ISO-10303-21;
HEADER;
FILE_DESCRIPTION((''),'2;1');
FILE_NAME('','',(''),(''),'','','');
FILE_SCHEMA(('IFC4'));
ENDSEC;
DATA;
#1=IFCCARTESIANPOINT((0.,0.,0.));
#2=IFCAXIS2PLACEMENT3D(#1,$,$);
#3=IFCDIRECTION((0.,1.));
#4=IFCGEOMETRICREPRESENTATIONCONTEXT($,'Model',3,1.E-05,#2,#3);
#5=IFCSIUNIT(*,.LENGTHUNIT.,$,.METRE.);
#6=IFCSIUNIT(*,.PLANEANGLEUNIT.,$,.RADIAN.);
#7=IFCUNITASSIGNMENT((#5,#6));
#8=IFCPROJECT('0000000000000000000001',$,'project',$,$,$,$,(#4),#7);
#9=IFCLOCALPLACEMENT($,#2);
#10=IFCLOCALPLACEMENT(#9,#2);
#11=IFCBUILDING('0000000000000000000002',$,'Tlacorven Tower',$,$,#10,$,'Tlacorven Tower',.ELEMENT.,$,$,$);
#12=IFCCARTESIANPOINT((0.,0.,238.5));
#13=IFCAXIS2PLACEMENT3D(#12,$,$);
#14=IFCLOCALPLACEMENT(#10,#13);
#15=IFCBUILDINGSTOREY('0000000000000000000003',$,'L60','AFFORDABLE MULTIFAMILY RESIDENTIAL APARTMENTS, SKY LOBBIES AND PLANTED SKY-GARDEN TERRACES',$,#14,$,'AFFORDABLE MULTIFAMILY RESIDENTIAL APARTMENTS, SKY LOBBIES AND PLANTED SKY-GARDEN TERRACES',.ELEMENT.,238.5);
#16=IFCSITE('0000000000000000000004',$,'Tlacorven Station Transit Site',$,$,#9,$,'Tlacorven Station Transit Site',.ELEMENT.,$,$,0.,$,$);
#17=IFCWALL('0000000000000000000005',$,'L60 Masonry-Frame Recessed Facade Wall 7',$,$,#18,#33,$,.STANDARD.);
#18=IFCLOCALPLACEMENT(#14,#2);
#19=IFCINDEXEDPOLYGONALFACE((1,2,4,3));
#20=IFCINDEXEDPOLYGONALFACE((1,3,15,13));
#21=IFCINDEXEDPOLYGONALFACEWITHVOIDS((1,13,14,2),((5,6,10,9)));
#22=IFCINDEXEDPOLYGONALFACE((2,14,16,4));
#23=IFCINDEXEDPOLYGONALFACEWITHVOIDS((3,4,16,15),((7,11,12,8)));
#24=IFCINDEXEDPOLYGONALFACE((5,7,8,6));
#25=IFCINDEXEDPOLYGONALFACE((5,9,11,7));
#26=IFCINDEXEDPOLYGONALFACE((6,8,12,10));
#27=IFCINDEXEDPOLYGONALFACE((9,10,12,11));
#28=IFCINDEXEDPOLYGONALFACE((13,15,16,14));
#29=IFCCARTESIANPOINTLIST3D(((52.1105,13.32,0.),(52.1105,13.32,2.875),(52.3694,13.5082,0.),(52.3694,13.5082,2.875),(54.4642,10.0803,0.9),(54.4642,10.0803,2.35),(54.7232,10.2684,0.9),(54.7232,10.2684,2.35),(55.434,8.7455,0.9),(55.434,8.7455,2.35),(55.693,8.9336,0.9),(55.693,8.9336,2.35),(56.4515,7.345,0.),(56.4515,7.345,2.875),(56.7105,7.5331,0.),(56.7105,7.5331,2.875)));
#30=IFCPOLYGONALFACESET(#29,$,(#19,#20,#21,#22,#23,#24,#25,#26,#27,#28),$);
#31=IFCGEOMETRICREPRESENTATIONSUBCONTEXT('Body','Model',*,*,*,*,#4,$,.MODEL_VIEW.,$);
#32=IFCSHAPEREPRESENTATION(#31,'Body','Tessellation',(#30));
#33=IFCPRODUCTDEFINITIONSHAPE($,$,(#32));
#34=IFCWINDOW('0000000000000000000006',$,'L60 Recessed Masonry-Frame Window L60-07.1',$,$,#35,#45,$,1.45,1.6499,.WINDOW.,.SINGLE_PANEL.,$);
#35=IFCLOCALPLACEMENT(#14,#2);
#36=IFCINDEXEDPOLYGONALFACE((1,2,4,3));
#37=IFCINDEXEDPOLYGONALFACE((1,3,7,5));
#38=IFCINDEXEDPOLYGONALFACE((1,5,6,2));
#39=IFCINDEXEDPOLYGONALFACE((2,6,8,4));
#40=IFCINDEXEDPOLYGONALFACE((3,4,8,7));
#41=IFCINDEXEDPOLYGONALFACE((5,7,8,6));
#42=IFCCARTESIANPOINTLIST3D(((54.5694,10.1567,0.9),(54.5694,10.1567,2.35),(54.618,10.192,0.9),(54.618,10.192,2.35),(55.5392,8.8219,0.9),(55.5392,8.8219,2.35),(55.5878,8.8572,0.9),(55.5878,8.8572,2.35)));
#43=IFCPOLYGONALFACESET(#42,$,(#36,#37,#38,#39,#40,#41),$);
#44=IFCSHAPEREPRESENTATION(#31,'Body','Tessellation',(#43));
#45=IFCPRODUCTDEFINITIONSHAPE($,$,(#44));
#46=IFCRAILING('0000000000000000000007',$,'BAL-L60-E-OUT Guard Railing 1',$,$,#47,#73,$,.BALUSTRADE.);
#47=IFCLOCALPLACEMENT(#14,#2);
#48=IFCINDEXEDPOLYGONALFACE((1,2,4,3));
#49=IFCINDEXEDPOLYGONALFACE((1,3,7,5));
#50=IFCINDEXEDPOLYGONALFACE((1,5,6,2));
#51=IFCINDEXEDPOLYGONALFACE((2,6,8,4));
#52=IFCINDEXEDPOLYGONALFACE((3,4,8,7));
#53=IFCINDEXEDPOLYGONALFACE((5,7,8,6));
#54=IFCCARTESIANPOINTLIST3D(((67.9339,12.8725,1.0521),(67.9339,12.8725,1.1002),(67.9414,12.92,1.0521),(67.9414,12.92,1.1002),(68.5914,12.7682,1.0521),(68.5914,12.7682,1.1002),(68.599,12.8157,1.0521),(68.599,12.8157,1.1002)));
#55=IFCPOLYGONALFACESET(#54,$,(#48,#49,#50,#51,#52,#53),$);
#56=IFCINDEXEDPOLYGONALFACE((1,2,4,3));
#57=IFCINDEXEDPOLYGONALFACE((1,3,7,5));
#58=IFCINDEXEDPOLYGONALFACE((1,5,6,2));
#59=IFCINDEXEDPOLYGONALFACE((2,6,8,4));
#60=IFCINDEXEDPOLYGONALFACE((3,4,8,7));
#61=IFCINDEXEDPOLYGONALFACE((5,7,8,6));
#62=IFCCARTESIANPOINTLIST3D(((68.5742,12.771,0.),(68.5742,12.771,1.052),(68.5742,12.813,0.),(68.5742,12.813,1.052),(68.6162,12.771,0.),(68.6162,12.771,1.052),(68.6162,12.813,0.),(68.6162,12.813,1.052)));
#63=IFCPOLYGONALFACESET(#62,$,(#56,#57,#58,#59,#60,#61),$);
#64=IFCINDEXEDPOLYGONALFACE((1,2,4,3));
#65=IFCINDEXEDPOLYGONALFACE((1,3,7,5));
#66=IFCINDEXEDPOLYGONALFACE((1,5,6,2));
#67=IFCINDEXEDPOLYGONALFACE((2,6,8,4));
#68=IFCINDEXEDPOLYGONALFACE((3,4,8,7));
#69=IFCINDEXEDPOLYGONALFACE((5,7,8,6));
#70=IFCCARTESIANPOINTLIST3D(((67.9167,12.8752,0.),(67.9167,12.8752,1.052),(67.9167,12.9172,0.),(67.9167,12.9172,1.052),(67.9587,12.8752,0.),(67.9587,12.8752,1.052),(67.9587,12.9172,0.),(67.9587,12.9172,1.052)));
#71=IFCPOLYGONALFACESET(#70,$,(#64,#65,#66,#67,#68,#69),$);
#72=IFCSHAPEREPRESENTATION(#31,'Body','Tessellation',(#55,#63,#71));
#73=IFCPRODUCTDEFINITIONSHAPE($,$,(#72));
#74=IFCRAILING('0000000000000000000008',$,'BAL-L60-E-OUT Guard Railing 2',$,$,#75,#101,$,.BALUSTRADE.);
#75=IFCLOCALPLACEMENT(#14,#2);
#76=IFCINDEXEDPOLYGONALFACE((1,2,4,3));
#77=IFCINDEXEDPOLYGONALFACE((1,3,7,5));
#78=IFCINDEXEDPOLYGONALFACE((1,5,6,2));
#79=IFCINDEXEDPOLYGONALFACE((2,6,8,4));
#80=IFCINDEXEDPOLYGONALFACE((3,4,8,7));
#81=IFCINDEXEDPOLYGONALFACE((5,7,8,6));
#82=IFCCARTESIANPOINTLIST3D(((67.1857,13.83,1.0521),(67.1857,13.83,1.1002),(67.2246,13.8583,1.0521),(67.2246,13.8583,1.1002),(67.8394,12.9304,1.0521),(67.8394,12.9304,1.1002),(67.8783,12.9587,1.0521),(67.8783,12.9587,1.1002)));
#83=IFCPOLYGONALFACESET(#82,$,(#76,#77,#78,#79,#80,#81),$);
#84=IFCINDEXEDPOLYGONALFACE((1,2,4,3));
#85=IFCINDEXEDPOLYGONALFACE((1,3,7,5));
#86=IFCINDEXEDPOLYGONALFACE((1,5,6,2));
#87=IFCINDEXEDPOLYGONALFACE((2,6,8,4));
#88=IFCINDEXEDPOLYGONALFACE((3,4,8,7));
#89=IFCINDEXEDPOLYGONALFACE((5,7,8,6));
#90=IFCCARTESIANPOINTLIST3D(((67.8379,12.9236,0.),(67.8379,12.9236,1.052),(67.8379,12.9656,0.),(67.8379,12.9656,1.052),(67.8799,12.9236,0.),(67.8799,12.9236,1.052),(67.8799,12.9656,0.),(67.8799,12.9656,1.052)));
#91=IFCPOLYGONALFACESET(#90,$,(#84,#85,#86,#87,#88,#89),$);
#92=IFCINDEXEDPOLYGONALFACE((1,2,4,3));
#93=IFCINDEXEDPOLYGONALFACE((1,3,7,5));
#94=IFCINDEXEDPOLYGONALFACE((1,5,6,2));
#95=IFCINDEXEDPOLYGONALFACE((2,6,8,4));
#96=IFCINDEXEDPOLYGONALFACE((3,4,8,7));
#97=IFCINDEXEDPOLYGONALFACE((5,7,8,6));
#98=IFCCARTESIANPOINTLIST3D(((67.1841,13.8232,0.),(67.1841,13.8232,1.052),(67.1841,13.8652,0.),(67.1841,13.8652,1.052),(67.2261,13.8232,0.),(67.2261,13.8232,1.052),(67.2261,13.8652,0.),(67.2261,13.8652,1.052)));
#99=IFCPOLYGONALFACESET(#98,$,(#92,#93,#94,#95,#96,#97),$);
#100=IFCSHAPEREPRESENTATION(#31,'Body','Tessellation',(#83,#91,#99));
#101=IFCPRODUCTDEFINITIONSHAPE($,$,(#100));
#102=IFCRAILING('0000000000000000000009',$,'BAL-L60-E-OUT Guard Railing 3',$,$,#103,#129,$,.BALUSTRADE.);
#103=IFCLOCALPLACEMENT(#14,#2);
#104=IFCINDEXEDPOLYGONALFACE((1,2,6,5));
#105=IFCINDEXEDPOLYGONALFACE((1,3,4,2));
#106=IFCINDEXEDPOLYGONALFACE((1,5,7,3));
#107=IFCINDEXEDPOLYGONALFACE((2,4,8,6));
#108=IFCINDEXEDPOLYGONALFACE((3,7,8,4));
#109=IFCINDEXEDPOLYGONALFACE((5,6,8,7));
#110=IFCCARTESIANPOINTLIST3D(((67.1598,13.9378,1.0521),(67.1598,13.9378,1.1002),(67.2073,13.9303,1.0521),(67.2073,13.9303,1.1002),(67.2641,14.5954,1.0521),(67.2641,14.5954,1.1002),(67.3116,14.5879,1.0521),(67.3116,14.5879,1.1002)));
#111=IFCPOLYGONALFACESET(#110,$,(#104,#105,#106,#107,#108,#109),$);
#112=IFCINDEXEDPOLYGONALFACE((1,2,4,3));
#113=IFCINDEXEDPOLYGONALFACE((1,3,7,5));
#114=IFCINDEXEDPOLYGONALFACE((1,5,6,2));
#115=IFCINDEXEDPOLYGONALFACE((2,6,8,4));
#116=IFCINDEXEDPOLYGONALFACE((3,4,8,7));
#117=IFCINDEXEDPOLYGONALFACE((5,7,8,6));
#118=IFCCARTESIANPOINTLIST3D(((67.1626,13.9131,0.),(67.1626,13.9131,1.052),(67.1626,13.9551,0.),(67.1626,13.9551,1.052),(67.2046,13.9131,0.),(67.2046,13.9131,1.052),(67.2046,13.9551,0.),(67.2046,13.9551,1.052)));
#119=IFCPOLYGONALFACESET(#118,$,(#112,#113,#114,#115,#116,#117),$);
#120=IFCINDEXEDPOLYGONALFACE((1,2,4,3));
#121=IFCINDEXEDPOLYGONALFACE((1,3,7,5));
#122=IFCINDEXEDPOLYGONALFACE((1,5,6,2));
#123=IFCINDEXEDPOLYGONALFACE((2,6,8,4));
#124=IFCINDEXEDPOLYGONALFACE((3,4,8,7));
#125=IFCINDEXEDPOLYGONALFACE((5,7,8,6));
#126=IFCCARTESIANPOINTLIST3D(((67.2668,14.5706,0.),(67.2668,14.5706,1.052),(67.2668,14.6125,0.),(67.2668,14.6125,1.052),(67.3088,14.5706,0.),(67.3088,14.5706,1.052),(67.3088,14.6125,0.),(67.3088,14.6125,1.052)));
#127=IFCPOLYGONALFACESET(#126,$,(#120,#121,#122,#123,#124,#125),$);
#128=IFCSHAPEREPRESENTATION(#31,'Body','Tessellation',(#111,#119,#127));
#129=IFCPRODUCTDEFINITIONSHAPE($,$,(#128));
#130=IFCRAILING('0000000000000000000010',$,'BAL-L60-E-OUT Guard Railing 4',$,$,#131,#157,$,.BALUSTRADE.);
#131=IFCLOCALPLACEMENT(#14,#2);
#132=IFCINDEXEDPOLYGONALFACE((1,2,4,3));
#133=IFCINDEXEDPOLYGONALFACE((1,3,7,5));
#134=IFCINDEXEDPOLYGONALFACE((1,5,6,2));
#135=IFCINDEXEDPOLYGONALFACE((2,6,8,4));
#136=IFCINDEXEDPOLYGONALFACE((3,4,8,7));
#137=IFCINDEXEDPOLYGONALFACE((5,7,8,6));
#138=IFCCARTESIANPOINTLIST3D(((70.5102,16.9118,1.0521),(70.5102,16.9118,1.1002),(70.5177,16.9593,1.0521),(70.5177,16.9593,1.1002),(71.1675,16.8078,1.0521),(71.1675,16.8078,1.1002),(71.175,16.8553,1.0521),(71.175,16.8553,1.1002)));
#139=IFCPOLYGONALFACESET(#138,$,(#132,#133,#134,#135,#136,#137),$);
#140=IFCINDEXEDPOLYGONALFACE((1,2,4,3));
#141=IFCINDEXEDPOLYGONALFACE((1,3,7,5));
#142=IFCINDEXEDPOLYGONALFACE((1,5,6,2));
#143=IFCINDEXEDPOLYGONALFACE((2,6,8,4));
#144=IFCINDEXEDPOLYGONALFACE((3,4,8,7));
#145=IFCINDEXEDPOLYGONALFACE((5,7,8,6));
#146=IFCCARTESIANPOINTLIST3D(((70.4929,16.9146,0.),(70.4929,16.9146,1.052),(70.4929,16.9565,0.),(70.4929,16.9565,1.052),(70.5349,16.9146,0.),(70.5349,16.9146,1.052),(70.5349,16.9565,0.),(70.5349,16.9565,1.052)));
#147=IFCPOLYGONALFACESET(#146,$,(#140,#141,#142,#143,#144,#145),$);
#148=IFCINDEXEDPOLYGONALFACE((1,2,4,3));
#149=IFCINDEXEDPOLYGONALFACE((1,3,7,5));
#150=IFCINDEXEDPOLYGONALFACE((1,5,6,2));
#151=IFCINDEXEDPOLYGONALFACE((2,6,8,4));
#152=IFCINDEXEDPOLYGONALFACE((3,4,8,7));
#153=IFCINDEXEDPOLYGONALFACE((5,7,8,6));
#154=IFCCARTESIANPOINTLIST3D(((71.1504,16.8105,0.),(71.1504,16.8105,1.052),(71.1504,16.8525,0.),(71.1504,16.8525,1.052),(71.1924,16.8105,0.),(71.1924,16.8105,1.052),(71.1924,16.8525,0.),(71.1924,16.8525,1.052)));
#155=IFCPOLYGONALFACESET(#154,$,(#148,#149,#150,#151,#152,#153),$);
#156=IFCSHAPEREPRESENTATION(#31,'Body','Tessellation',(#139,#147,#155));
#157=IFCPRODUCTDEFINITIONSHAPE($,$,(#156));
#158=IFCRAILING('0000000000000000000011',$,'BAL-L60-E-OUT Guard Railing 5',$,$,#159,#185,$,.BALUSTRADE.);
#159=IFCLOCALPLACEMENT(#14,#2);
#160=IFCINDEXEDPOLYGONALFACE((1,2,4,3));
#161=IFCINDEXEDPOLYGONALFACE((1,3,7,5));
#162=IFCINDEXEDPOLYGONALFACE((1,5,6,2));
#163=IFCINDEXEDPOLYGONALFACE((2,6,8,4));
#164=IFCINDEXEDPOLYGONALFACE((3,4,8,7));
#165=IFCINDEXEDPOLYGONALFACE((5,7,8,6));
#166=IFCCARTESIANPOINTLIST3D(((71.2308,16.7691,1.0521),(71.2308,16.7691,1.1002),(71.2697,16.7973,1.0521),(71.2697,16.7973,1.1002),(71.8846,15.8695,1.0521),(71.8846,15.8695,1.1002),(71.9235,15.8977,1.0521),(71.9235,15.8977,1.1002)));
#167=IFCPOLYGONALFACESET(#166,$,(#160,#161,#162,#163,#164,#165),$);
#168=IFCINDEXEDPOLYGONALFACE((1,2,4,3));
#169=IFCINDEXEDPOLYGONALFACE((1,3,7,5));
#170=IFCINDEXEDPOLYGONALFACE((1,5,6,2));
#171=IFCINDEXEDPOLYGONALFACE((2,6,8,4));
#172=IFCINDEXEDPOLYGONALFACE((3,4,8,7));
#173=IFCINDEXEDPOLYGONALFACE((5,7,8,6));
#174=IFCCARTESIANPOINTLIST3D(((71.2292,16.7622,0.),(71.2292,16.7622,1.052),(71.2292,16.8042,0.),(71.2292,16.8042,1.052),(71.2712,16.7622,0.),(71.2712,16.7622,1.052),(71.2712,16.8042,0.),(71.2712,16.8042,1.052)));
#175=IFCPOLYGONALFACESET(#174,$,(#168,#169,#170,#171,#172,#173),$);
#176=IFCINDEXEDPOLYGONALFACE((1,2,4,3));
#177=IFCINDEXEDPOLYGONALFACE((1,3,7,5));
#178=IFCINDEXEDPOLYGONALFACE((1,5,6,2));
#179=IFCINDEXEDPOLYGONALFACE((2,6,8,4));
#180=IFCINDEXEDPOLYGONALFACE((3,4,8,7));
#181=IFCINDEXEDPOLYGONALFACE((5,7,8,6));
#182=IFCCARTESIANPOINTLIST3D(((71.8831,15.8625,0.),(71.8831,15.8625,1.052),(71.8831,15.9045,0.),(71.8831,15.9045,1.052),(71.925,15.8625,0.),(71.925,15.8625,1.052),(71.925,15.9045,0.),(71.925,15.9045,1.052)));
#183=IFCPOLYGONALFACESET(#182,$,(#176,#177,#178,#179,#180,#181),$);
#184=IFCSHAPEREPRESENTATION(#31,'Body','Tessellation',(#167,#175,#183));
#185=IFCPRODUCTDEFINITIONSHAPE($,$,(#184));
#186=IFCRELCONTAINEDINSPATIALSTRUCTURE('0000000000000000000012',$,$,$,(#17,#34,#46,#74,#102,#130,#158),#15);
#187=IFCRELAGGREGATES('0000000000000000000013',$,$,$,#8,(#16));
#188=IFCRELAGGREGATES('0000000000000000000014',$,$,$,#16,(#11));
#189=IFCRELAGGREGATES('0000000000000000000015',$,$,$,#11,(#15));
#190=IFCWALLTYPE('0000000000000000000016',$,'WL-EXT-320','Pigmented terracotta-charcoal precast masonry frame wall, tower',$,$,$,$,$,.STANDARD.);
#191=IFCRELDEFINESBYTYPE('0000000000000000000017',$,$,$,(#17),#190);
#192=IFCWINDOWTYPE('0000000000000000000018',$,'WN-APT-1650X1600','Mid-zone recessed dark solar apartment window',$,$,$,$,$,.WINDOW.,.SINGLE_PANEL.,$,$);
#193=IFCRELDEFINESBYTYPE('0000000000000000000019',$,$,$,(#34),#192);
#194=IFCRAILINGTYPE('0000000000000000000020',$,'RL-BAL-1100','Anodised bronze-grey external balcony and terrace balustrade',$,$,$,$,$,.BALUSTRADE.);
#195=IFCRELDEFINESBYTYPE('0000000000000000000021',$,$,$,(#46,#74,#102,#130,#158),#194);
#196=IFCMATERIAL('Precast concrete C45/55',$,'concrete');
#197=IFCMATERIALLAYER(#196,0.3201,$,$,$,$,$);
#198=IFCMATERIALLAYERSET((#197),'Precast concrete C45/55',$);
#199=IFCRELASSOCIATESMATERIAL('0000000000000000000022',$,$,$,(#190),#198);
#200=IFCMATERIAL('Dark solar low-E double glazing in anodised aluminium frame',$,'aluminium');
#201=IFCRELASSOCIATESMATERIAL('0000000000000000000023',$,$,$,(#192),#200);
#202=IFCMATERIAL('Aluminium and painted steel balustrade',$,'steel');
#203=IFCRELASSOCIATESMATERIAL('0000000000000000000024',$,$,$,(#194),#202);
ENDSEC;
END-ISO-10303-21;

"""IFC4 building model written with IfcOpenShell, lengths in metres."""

from ifc_helpers import new_model, si_unit, direction, frame, frame_2d, origin, origin_2d, place, context, subcontext, project, spatial, rectangle, extrude, source, transform, mapped, material, layer, layer_set, type_object, element, fill, save


model = new_model("IFC4")

# Units and contexts
model_context = context("Model", 3, precision=1e-05, world=origin(), true_north=direction((0.0, 1.0)))
body_context = subcontext(model_context, "Body", "Model", "MODEL_VIEW")
ifc_project = project(units=[si_unit("LENGTHUNIT", "METRE"), si_unit("PLANEANGLEUNIT", "RADIAN")], contexts=[model_context])

# Site, building, storey
site_placement = place(None, origin())
site = spatial("IfcSite", under=ifc_project, at=site_placement, Name="Tlacorven Station Transit Site", LongName="Tlacorven Station Transit Site", CompositionType="ELEMENT", RefElevation=0.0)
building_placement = place(site_placement, origin())
building = spatial("IfcBuilding", under=site, at=building_placement, Name="Tlacorven Tower", LongName="Tlacorven Tower", CompositionType="ELEMENT")
storey_placement = place(building_placement, frame((0.0, 0.0, 238.5)))
storey = spatial("IfcBuildingStorey", under=building, at=storey_placement, Name="L60", Description="AFFORDABLE MULTIFAMILY RESIDENTIAL APARTMENTS, SKY LOBBIES AND PLANTED SKY-GARDEN TERRACES", LongName="AFFORDABLE MULTIFAMILY RESIDENTIAL APARTMENTS, SKY LOBBIES AND PLANTED SKY-GARDEN TERRACES", CompositionType="ELEMENT", Elevation=238.5)

# Shared definitions
ifc_material_1 = material(Name="Precast concrete C45/55", Category="concrete")
ifc_layer_1 = layer(ifc_material_1, 0.3201)
ifc_layer_set_1 = layer_set([ifc_layer_1], Name="Precast concrete C45/55")
wall_type_1 = type_object("IfcWallType", Name="WL-EXT-320", Description="Pigmented terracotta-charcoal precast masonry frame wall, tower", PredefinedType="STANDARD", material=ifc_layer_set_1)
ifc_material_2 = material(Name="Dark solar low-E double glazing in anodised aluminium frame", Category="aluminium")
window_type_1 = type_object("IfcWindowType", Name="WN-APT-1650X1600", Description="Mid-zone recessed dark solar apartment window", PartitioningType="SINGLE_PANEL", PredefinedType="WINDOW", material=ifc_material_2)
shared_shape_1 = source(origin(), body_context, "Body", "SweptSolid", [
    extrude(rectangle(XDim=1.6499, YDim=1.45, at=frame_2d((0.825, 0.7251))), frame((0.0, 0.03, 0.0), z_axis=(0.0, -1.0, 0.0), x_axis=(1.0, 0.0, 0.0)), (0.0, 0.0, 1.0), 0.0601),
])

# Wall, opening, window
wall_1_placement = place(storey_placement, frame((56.5811, 7.439, 0.0), z_axis=(0.0, 0.0, 1.0), x_axis=(-0.587777, 0.809023, 0.0)))
wall_1 = element("IfcWall", 1, at=wall_1_placement, inside=storey, type_object=wall_type_1, Name="L60 Masonry-Frame Recessed Facade Wall 7", PredefinedType="STANDARD", context=body_context, shape_type="SweptSolid", body=[
    extrude(rectangle(XDim=7.3855, YDim=0.3201, at=frame_2d((3.6929, 0.0))), origin(), (0.0, 0.0, 1.0), 2.875),
])
opening_1_placement = place(wall_1_placement, frame((1.7312, 0.0, 0.8999)))
opening_1 = element("IfcOpeningElement", 2, at=opening_1_placement, cuts=wall_1, PredefinedType="OPENING", context=body_context, shape_type="SweptSolid", body=[
    extrude(rectangle(XDim=1.6499, YDim=1.45, at=frame_2d((0.825, 0.7251))), frame((0.0, 0.1699, 0.0), z_axis=(0.0, -1.0, 0.0), x_axis=(1.0, 0.0, 0.0)), (0.0, 0.0, 1.0), 0.3401),
])
window_1_placement = place(opening_1_placement, origin())
window_1 = element("IfcWindow", 3, at=window_1_placement, inside=storey, type_object=window_type_1, Name="L60 Recessed Masonry-Frame Window L60-07.1", OverallHeight=1.45, OverallWidth=1.6499, PartitioningType="SINGLE_PANEL", PredefinedType="WINDOW", context=body_context, shape_type="MappedRepresentation", body=[
    mapped(shared_shape_1, transform((0.0, 0.0, 0.0), scale=1.0)),
])
fill(opening_1, window_1)

# Railings
ifc_material_3 = material(Name="Aluminium and painted steel balustrade", Category="steel")
railing_type_1 = type_object("IfcRailingType", Name="RL-BAL-1100", Description="Anodised bronze-grey external balcony and terrace balustrade", PredefinedType="BALUSTRADE", material=ifc_material_3)
shared_shape_2 = source(origin(), body_context, "Body", "SweptSolid", [
    extrude(rectangle(XDim=0.0481, YDim=0.0481, at=origin_2d()), frame((0.0, 0.0, 1.0762), z_axis=(-0.987662, 0.156603, 0.0), x_axis=(-0.156603, -0.987662, 0.0)), (0.0, 0.0, 1.0), 0.6658),
    extrude(rectangle(XDim=0.042, YDim=0.042, at=origin_2d()), origin(), (0.0, 0.0, 1.0), 1.052),
    extrude(rectangle(XDim=0.042, YDim=0.042, at=origin_2d()), frame((-0.6575, 0.1042, 0.0)), (0.0, 0.0, 1.0), 1.052),
])
railing_1_placement = place(storey_placement, frame((68.5952, 12.792, 0.0)))
element("IfcRailing", 4, at=railing_1_placement, inside=storey, type_object=railing_type_1, Name="BAL-L60-E-OUT Guard Railing 1", PredefinedType="BALUSTRADE", context=body_context, shape_type="MappedRepresentation", body=[
    mapped(shared_shape_2, transform((0.0, 0.0, 0.0), scale=1.0)),
])
shared_shape_3 = source(origin(), body_context, "Body", "SweptSolid", [
    extrude(rectangle(XDim=0.0481, YDim=0.0481, at=origin_2d()), frame((0.0, 0.0, 1.0762), z_axis=(-0.587884, 0.808945, 0.0), x_axis=(-0.808945, -0.587884, 0.0)), (0.0, 0.0, 1.0), 1.1121),
    extrude(rectangle(XDim=0.042, YDim=0.042, at=origin_2d()), origin(), (0.0, 0.0, 1.0), 1.052),
    extrude(rectangle(XDim=0.042, YDim=0.042, at=origin_2d()), frame((-0.6538, 0.8997, 0.0)), (0.0, 0.0, 1.0), 1.052),
])
railing_2_placement = place(storey_placement, frame((67.8589, 12.9446, 0.0)))
element("IfcRailing", 5, at=railing_2_placement, inside=storey, type_object=railing_type_1, Name="BAL-L60-E-OUT Guard Railing 2", PredefinedType="BALUSTRADE", context=body_context, shape_type="MappedRepresentation", body=[
    mapped(shared_shape_3, transform((0.0, 0.0, 0.0), scale=1.0)),
])
shared_shape_4 = source(origin(), body_context, "Body", "SweptSolid", [
    extrude(rectangle(XDim=0.0481, YDim=0.0481, at=origin_2d()), frame((0.0, 0.0, 1.0762), z_axis=(0.156603, 0.987662, 0.0), x_axis=(-0.987662, 0.156603, 0.0)), (0.0, 0.0, 1.0), 0.6658),
    extrude(rectangle(XDim=0.042, YDim=0.042, at=origin_2d()), origin(), (0.0, 0.0, 1.0), 1.052),
    extrude(rectangle(XDim=0.042, YDim=0.042, at=origin_2d()), frame((0.1042, 0.6575, 0.0)), (0.0, 0.0, 1.0), 1.052),
])
railing_3_placement = place(storey_placement, frame((67.1836, 13.9341, 0.0)))
element("IfcRailing", 6, at=railing_3_placement, inside=storey, type_object=railing_type_1, Name="BAL-L60-E-OUT Guard Railing 3", PredefinedType="BALUSTRADE", context=body_context, shape_type="MappedRepresentation", body=[
    mapped(shared_shape_4, transform((0.0, 0.0, 0.0), scale=1.0)),
])
shared_shape_5 = source(origin(), body_context, "Body", "SweptSolid", [
    extrude(rectangle(XDim=0.0481, YDim=0.0481, at=origin_2d()), frame((0.0, 0.0, 1.0762), z_axis=(0.987718, -0.156245, 0.0), x_axis=(0.156245, 0.987718, 0.0)), (0.0, 0.0, 1.0), 0.6655),
    extrude(rectangle(XDim=0.042, YDim=0.042, at=origin_2d()), origin(), (0.0, 0.0, 1.0), 1.052),
    extrude(rectangle(XDim=0.042, YDim=0.042, at=origin_2d()), frame((0.6575, -0.104, 0.0)), (0.0, 0.0, 1.0), 1.052),
])
railing_4_placement = place(storey_placement, frame((70.5139, 16.9355, 0.0)))
element("IfcRailing", 7, at=railing_4_placement, inside=storey, type_object=railing_type_1, Name="BAL-L60-E-OUT Guard Railing 4", PredefinedType="BALUSTRADE", context=body_context, shape_type="MappedRepresentation", body=[
    mapped(shared_shape_5, transform((0.0, 0.0, 0.0), scale=1.0)),
])
shared_shape_6 = source(origin(), body_context, "Body", "SweptSolid", [
    extrude(rectangle(XDim=0.0481, YDim=0.0481, at=origin_2d()), frame((0.0, 0.0, 1.0762), z_axis=(0.587884, -0.808945, 0.0), x_axis=(0.808945, 0.587884, 0.0)), (0.0, 0.0, 1.0), 1.1121),
    extrude(rectangle(XDim=0.042, YDim=0.042, at=origin_2d()), origin(), (0.0, 0.0, 1.0), 1.052),
    extrude(rectangle(XDim=0.042, YDim=0.042, at=origin_2d()), frame((0.6538, -0.8997, 0.0)), (0.0, 0.0, 1.0), 1.052),
])
railing_5_placement = place(storey_placement, frame((71.2502, 16.7832, 0.0)))
element("IfcRailing", 8, at=railing_5_placement, inside=storey, type_object=railing_type_1, Name="BAL-L60-E-OUT Guard Railing 5", PredefinedType="BALUSTRADE", context=body_context, shape_type="MappedRepresentation", body=[
    mapped(shared_shape_6, transform((0.0, 0.0, 0.0), scale=1.0)),
])

save(model, "model.ifc")
